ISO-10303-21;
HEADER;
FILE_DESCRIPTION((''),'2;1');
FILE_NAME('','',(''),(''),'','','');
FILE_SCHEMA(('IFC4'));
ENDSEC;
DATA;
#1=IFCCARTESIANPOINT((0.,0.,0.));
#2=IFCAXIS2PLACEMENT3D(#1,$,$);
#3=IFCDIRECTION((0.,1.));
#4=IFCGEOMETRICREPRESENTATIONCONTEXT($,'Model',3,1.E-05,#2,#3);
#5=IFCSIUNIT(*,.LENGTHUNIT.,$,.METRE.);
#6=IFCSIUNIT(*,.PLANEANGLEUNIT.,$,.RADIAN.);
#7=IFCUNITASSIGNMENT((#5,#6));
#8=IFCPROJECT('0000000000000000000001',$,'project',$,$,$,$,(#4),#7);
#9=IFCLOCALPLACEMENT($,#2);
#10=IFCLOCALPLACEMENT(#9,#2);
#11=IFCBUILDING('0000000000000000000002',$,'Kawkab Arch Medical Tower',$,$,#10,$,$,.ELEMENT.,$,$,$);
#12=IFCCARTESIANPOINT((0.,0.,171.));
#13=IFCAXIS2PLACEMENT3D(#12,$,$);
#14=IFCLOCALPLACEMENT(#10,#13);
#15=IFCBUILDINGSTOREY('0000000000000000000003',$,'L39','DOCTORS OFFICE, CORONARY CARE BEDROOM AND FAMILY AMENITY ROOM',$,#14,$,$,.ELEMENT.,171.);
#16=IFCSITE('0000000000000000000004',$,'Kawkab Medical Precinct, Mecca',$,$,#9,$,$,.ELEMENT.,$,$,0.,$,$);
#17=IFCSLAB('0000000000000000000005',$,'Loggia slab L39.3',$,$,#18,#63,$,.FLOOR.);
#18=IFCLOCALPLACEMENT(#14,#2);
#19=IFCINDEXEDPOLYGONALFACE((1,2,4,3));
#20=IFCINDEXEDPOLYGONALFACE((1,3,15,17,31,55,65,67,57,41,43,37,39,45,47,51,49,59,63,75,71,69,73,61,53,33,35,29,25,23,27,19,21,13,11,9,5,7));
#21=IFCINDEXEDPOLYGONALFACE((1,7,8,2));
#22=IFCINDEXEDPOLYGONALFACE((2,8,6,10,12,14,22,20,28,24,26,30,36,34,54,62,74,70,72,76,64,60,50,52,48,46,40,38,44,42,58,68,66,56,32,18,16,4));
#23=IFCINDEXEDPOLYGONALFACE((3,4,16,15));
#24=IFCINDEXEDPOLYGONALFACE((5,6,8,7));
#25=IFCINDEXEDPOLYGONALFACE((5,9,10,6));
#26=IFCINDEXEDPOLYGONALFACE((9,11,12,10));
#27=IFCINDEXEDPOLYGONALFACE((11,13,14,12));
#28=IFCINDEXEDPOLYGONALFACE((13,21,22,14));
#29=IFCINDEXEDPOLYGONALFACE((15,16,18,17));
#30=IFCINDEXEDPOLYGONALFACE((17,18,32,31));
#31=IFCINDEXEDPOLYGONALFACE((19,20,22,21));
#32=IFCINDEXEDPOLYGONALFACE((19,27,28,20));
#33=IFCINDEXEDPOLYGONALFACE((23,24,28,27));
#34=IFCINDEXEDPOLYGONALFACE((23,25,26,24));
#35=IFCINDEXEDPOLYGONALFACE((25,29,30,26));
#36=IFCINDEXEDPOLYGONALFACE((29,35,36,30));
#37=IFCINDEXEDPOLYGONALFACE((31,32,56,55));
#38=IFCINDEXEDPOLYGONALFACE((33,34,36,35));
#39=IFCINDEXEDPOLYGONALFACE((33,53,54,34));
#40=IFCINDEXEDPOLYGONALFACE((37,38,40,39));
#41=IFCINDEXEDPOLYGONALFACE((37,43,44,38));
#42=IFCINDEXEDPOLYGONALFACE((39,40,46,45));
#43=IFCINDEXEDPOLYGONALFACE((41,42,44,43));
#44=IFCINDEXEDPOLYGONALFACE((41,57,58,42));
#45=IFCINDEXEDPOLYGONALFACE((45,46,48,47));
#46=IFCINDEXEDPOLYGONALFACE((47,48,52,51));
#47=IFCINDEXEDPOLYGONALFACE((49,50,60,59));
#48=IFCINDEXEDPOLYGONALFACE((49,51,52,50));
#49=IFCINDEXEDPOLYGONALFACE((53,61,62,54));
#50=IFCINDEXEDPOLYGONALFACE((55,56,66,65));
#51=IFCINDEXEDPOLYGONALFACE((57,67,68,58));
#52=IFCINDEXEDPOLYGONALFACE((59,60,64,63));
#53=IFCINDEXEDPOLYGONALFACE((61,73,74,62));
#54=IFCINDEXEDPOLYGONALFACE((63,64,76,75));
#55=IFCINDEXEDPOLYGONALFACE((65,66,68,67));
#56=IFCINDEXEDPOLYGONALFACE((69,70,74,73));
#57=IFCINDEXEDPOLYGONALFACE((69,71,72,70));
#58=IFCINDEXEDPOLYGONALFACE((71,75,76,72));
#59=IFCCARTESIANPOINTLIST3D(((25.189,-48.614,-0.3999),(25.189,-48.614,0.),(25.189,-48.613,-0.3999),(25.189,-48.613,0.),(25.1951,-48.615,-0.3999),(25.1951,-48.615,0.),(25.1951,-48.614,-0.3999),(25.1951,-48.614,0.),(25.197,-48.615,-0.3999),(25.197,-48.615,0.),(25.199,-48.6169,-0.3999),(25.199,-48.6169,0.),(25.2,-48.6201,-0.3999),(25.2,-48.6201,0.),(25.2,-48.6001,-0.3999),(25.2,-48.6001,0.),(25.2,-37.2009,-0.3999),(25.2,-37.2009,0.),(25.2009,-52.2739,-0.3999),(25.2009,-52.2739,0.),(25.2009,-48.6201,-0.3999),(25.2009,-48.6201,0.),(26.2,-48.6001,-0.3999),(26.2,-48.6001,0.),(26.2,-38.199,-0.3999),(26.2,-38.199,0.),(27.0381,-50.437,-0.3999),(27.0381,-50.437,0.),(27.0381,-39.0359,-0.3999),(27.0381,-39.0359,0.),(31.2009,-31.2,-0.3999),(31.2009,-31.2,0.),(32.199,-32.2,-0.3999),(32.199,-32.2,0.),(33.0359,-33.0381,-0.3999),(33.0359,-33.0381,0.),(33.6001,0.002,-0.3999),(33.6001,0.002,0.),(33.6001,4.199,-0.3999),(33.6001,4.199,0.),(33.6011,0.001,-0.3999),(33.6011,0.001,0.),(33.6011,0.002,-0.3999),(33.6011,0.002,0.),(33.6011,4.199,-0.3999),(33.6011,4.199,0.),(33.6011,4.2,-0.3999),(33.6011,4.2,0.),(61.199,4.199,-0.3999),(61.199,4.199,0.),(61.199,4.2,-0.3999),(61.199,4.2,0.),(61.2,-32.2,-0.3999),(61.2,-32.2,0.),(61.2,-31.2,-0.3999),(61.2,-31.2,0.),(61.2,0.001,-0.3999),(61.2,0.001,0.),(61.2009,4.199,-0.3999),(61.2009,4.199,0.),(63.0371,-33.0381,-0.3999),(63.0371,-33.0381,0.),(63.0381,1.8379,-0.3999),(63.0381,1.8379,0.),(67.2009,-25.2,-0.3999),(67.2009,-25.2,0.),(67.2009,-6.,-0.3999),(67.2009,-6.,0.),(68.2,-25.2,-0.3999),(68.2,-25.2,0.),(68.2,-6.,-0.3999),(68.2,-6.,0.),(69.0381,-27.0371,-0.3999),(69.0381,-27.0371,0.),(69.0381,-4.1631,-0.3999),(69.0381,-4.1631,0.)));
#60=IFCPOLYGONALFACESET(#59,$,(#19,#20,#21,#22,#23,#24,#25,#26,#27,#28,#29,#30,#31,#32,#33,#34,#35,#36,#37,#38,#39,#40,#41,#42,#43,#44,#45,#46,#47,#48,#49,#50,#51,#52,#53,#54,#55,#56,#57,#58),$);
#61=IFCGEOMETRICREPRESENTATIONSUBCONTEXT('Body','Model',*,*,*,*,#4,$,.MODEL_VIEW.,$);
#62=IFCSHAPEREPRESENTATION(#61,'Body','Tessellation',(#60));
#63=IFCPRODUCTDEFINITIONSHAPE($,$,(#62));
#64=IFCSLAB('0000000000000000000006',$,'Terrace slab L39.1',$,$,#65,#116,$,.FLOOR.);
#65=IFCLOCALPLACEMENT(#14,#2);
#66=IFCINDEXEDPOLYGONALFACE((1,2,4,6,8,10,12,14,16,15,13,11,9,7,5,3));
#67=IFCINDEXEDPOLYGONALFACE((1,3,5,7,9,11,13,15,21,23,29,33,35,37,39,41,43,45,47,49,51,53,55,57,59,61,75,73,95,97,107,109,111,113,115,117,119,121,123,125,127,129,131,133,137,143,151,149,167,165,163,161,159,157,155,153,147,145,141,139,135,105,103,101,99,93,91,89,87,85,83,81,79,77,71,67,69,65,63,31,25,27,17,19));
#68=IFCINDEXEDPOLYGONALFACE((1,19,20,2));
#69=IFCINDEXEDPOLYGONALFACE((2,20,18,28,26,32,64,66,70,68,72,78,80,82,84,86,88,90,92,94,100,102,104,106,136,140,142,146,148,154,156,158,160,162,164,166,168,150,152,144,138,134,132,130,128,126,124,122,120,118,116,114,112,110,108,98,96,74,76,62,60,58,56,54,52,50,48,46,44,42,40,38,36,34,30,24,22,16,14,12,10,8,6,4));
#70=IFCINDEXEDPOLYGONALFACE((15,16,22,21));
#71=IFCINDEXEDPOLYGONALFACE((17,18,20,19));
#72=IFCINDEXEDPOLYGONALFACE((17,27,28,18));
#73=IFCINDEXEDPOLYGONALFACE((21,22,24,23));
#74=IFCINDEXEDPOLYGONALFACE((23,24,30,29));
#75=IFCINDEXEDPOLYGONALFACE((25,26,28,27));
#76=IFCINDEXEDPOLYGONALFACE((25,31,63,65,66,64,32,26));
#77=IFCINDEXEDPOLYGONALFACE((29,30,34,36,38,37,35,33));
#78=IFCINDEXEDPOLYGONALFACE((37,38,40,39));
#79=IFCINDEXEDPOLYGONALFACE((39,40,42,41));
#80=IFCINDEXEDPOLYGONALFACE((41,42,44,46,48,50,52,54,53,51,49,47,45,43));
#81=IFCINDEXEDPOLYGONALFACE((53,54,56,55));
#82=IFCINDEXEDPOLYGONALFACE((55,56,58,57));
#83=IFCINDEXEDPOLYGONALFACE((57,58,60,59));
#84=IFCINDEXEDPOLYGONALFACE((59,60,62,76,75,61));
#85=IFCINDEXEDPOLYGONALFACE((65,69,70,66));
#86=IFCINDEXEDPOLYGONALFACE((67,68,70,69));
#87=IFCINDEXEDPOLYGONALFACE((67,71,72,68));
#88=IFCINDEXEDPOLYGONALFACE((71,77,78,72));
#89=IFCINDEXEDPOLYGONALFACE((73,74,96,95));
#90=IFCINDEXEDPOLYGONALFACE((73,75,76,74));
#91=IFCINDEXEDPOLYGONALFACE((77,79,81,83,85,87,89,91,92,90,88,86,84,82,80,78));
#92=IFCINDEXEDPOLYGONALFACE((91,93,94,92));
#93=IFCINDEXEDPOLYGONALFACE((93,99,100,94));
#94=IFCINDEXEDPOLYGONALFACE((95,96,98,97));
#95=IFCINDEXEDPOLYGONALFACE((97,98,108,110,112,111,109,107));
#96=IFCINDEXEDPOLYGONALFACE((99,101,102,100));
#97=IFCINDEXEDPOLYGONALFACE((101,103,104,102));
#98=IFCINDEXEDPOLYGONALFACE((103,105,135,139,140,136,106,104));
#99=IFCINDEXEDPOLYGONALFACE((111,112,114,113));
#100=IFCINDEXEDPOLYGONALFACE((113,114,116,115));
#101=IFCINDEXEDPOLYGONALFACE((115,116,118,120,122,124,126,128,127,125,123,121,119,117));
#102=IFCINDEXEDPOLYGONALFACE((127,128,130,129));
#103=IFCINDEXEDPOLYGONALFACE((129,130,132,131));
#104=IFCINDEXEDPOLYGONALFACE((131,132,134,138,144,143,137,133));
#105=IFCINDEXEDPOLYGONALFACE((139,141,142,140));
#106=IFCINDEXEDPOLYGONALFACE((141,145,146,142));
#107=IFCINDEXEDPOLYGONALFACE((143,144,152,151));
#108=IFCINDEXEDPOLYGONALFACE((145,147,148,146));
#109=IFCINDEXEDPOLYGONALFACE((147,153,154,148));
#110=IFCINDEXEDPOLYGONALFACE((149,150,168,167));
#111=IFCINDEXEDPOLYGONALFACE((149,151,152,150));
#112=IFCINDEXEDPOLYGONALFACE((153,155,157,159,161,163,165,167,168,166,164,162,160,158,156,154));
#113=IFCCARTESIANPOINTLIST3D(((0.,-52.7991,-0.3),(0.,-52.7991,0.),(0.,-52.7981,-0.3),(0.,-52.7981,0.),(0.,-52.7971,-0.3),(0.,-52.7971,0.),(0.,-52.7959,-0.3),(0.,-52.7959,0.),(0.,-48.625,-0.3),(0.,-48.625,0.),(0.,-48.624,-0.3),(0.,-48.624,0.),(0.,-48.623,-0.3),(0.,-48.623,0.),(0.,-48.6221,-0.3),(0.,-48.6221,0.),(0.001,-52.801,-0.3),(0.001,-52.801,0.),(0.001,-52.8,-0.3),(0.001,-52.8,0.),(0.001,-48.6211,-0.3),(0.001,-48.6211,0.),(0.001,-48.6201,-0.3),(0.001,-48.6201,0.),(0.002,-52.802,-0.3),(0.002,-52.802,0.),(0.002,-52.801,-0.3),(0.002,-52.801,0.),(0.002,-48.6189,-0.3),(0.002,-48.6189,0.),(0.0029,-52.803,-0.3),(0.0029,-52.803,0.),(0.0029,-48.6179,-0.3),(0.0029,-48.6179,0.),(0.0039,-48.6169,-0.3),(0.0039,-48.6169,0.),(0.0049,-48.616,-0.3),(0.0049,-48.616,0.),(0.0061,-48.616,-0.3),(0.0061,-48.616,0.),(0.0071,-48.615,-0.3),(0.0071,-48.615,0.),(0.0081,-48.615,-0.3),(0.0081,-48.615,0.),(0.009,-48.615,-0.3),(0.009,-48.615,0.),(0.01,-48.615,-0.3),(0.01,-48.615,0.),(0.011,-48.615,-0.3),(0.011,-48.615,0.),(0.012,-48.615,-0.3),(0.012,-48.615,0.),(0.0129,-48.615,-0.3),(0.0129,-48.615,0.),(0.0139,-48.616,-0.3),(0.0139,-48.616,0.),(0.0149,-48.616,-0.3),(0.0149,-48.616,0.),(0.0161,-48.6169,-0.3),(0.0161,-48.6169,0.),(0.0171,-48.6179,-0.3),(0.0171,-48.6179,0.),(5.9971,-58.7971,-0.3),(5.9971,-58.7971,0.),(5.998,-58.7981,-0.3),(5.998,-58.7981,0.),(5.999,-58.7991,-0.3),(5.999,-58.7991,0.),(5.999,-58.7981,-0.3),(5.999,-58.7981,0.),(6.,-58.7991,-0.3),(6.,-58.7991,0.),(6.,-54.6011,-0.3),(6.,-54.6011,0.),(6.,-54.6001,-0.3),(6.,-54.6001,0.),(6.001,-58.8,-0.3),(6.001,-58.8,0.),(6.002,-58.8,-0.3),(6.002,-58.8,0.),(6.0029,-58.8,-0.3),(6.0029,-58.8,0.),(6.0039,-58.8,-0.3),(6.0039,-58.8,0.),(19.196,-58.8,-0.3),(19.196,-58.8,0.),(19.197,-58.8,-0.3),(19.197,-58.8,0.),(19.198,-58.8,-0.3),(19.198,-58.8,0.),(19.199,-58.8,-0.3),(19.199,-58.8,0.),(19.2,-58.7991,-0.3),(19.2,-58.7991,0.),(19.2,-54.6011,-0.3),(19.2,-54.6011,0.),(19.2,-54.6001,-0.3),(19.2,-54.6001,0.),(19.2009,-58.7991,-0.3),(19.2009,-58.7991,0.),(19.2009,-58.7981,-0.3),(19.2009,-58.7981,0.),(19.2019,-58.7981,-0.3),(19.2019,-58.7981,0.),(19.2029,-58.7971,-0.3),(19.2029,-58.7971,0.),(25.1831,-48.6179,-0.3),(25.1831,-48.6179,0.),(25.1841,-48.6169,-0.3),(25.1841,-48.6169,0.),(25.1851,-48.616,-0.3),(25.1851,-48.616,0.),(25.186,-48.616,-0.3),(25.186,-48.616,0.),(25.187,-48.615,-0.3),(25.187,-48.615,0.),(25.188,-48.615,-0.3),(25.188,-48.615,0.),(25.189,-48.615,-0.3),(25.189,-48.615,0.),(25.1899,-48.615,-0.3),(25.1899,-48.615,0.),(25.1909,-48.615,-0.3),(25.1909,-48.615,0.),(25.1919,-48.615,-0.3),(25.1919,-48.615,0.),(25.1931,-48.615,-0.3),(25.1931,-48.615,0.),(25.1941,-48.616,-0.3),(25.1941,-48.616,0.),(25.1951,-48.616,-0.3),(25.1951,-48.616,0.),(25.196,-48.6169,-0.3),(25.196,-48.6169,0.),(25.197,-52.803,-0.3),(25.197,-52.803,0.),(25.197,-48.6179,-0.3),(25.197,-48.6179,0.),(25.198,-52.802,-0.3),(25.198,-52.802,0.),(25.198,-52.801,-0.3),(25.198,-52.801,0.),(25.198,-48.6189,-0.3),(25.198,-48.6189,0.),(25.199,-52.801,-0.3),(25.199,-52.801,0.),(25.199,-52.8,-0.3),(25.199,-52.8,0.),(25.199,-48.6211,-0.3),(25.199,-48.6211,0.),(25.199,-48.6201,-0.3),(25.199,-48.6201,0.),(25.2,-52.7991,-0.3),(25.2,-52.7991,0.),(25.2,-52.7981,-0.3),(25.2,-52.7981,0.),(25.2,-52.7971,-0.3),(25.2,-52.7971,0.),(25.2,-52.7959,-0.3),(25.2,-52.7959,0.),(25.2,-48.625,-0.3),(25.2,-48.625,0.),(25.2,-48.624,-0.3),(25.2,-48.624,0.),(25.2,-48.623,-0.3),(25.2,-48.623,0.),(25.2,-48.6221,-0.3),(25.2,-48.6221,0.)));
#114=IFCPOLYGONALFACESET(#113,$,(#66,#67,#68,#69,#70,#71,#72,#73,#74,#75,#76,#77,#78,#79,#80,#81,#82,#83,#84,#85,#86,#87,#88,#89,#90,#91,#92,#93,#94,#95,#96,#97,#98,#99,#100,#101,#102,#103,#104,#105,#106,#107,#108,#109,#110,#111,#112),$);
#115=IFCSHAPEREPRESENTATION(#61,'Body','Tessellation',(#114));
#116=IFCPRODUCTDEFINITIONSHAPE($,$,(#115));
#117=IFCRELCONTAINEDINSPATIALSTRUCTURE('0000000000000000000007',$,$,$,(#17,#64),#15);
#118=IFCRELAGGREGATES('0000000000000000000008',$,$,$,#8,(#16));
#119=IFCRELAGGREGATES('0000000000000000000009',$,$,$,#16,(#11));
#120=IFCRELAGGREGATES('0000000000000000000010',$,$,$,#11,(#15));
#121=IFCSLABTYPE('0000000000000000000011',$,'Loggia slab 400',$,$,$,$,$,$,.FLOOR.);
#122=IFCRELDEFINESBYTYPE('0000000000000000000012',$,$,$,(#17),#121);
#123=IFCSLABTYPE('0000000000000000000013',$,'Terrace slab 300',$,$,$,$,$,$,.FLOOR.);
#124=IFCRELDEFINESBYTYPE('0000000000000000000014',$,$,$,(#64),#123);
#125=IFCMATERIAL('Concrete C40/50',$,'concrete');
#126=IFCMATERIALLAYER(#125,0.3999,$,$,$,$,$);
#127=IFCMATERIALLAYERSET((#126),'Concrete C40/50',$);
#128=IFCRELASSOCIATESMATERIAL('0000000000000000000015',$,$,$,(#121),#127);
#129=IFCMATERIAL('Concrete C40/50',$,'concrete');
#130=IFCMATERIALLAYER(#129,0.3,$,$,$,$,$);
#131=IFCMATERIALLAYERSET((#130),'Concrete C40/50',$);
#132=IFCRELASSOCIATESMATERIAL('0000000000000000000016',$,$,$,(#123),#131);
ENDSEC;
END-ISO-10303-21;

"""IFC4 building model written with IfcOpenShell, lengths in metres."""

from ifc_helpers import new_model, si_unit, direction, frame, origin, place, context, subcontext, project, spatial, polyline, outline, extrude, material, layer, layer_set, type_object, element, save


model = new_model("IFC4")

# Units and contexts
model_context = context("Model", 3, precision=1e-05, world=origin(), true_north=direction((0.0, 1.0)))
body_context = subcontext(model_context, "Body", "Model", "MODEL_VIEW")
ifc_project = project(units=[si_unit("LENGTHUNIT", "METRE"), si_unit("PLANEANGLEUNIT", "RADIAN")], contexts=[model_context])

# Site, building, storey
site_placement = place(None, origin())
site = spatial("IfcSite", under=ifc_project, at=site_placement, Name="Kawkab Medical Precinct, Mecca", CompositionType="ELEMENT", RefElevation=0.0)
building_placement = place(site_placement, origin())
building = spatial("IfcBuilding", under=site, at=building_placement, Name="Kawkab Arch Medical Tower", CompositionType="ELEMENT")
storey_placement = place(building_placement, frame((0.0, 0.0, 171.0)))
storey = spatial("IfcBuildingStorey", under=building, at=storey_placement, Name="L39", Description="DOCTORS OFFICE, CORONARY CARE BEDROOM AND FAMILY AMENITY ROOM", CompositionType="ELEMENT", Elevation=171.0)

# Slabs
ifc_material_1 = material(Name="Concrete C40/50", Category="concrete")
ifc_layer_1 = layer(ifc_material_1, 0.3999)
ifc_layer_set_1 = layer_set([ifc_layer_1], Name="Concrete C40/50")
slab_type_1 = type_object("IfcSlabType", Name="Loggia slab 400", PredefinedType="FLOOR", material=ifc_layer_set_1)
placement_1 = place(storey_placement, frame((0.0, 0.0, -0.3999)))
element("IfcSlab", 1, at=placement_1, inside=storey, type_object=slab_type_1, Name="Loggia slab L39.3", PredefinedType="FLOOR", context=body_context, shape_type="SweptSolid", body=[
    extrude(outline(polyline([(25.189, -48.614), (25.189, -48.613), (25.2, -48.6001), (25.2, -37.2009), (31.2009, -31.2), (61.2, -31.2), (67.2009, -25.2), (67.2009, -6.0), (61.2, 0.001), (33.6011, 0.001), (33.6011, 0.002), (33.6001, 0.002), (33.6001, 4.199), (33.6011, 4.199), (33.6011, 4.2), (61.199, 4.2), (61.199, 4.199), (61.2009, 4.199), (63.0381, 1.8379), (69.0381, -4.1631), (68.2, -6.0), (68.2, -25.2), (69.0381, -27.0371), (63.0371, -33.0381), (61.2, -32.2), (32.199, -32.2), (33.0359, -33.0381), (27.0381, -39.0359), (26.2, -38.199), (26.2, -48.6001), (27.0381, -50.437), (25.2009, -52.2739), (25.2009, -48.6201), (25.2, -48.6201), (25.199, -48.6169), (25.197, -48.615), (25.1951, -48.615), (25.1951, -48.614), (25.189, -48.614)])), origin(), (0.0, 0.0, 1.0), 0.3999),
])
ifc_material_2 = material(Name="Concrete C40/50", Category="concrete")
ifc_layer_2 = layer(ifc_material_2, 0.3)
ifc_layer_set_2 = layer_set([ifc_layer_2], Name="Concrete C40/50")
slab_type_2 = type_object("IfcSlabType", Name="Terrace slab 300", PredefinedType="FLOOR", material=ifc_layer_set_2)
slab_1_placement = place(storey_placement, frame((0.0, 0.0, -0.3)))
element("IfcSlab", 2, at=slab_1_placement, inside=storey, type_object=slab_type_2, Name="Terrace slab L39.1", PredefinedType="FLOOR", context=body_context, shape_type="SweptSolid", body=[
    extrude(outline(polyline([(25.2, -52.7959), (25.2, -48.625), (25.2, -48.624), (25.2, -48.623), (25.2, -48.6221), (25.199, -48.6211), (25.199, -48.6201), (25.198, -48.6189), (25.197, -48.6179), (25.196, -48.6169), (25.1951, -48.616), (25.1941, -48.616), (25.1931, -48.615), (25.1919, -48.615), (25.1909, -48.615), (25.1899, -48.615), (25.189, -48.615), (25.188, -48.615), (25.187, -48.615), (25.186, -48.616), (25.1851, -48.616), (25.1841, -48.6169), (25.1831, -48.6179), (19.2, -54.6001), (19.2, -54.6011), (6.0, -54.6011), (6.0, -54.6001), (0.0171, -48.6179), (0.0161, -48.6169), (0.0149, -48.616), (0.0139, -48.616), (0.0129, -48.615), (0.012, -48.615), (0.011, -48.615), (0.01, -48.615), (0.009, -48.615), (0.0081, -48.615), (0.0071, -48.615), (0.0061, -48.616), (0.0049, -48.616), (0.0039, -48.6169), (0.0029, -48.6179), (0.002, -48.6189), (0.001, -48.6201), (0.001, -48.6211), (0.0, -48.6221), (0.0, -48.623), (0.0, -48.624), (0.0, -48.625), (0.0, -52.7959), (0.0, -52.7971), (0.0, -52.7981), (0.0, -52.7991), (0.001, -52.8), (0.001, -52.801), (0.002, -52.801), (0.002, -52.802), (0.0029, -52.803), (5.9971, -58.7971), (5.998, -58.7981), (5.999, -58.7981), (5.999, -58.7991), (6.0, -58.7991), (6.001, -58.8), (6.002, -58.8), (6.0029, -58.8), (6.0039, -58.8), (19.196, -58.8), (19.197, -58.8), (19.198, -58.8), (19.199, -58.8), (19.2, -58.7991), (19.2009, -58.7991), (19.2009, -58.7981), (19.2019, -58.7981), (19.2029, -58.7971), (25.197, -52.803), (25.198, -52.802), (25.198, -52.801), (25.199, -52.801), (25.199, -52.8), (25.2, -52.7991), (25.2, -52.7981), (25.2, -52.7971), (25.2, -52.7959)])), origin(), (0.0, 0.0, 1.0), 0.3),
])

save(model, "model.ifc")
